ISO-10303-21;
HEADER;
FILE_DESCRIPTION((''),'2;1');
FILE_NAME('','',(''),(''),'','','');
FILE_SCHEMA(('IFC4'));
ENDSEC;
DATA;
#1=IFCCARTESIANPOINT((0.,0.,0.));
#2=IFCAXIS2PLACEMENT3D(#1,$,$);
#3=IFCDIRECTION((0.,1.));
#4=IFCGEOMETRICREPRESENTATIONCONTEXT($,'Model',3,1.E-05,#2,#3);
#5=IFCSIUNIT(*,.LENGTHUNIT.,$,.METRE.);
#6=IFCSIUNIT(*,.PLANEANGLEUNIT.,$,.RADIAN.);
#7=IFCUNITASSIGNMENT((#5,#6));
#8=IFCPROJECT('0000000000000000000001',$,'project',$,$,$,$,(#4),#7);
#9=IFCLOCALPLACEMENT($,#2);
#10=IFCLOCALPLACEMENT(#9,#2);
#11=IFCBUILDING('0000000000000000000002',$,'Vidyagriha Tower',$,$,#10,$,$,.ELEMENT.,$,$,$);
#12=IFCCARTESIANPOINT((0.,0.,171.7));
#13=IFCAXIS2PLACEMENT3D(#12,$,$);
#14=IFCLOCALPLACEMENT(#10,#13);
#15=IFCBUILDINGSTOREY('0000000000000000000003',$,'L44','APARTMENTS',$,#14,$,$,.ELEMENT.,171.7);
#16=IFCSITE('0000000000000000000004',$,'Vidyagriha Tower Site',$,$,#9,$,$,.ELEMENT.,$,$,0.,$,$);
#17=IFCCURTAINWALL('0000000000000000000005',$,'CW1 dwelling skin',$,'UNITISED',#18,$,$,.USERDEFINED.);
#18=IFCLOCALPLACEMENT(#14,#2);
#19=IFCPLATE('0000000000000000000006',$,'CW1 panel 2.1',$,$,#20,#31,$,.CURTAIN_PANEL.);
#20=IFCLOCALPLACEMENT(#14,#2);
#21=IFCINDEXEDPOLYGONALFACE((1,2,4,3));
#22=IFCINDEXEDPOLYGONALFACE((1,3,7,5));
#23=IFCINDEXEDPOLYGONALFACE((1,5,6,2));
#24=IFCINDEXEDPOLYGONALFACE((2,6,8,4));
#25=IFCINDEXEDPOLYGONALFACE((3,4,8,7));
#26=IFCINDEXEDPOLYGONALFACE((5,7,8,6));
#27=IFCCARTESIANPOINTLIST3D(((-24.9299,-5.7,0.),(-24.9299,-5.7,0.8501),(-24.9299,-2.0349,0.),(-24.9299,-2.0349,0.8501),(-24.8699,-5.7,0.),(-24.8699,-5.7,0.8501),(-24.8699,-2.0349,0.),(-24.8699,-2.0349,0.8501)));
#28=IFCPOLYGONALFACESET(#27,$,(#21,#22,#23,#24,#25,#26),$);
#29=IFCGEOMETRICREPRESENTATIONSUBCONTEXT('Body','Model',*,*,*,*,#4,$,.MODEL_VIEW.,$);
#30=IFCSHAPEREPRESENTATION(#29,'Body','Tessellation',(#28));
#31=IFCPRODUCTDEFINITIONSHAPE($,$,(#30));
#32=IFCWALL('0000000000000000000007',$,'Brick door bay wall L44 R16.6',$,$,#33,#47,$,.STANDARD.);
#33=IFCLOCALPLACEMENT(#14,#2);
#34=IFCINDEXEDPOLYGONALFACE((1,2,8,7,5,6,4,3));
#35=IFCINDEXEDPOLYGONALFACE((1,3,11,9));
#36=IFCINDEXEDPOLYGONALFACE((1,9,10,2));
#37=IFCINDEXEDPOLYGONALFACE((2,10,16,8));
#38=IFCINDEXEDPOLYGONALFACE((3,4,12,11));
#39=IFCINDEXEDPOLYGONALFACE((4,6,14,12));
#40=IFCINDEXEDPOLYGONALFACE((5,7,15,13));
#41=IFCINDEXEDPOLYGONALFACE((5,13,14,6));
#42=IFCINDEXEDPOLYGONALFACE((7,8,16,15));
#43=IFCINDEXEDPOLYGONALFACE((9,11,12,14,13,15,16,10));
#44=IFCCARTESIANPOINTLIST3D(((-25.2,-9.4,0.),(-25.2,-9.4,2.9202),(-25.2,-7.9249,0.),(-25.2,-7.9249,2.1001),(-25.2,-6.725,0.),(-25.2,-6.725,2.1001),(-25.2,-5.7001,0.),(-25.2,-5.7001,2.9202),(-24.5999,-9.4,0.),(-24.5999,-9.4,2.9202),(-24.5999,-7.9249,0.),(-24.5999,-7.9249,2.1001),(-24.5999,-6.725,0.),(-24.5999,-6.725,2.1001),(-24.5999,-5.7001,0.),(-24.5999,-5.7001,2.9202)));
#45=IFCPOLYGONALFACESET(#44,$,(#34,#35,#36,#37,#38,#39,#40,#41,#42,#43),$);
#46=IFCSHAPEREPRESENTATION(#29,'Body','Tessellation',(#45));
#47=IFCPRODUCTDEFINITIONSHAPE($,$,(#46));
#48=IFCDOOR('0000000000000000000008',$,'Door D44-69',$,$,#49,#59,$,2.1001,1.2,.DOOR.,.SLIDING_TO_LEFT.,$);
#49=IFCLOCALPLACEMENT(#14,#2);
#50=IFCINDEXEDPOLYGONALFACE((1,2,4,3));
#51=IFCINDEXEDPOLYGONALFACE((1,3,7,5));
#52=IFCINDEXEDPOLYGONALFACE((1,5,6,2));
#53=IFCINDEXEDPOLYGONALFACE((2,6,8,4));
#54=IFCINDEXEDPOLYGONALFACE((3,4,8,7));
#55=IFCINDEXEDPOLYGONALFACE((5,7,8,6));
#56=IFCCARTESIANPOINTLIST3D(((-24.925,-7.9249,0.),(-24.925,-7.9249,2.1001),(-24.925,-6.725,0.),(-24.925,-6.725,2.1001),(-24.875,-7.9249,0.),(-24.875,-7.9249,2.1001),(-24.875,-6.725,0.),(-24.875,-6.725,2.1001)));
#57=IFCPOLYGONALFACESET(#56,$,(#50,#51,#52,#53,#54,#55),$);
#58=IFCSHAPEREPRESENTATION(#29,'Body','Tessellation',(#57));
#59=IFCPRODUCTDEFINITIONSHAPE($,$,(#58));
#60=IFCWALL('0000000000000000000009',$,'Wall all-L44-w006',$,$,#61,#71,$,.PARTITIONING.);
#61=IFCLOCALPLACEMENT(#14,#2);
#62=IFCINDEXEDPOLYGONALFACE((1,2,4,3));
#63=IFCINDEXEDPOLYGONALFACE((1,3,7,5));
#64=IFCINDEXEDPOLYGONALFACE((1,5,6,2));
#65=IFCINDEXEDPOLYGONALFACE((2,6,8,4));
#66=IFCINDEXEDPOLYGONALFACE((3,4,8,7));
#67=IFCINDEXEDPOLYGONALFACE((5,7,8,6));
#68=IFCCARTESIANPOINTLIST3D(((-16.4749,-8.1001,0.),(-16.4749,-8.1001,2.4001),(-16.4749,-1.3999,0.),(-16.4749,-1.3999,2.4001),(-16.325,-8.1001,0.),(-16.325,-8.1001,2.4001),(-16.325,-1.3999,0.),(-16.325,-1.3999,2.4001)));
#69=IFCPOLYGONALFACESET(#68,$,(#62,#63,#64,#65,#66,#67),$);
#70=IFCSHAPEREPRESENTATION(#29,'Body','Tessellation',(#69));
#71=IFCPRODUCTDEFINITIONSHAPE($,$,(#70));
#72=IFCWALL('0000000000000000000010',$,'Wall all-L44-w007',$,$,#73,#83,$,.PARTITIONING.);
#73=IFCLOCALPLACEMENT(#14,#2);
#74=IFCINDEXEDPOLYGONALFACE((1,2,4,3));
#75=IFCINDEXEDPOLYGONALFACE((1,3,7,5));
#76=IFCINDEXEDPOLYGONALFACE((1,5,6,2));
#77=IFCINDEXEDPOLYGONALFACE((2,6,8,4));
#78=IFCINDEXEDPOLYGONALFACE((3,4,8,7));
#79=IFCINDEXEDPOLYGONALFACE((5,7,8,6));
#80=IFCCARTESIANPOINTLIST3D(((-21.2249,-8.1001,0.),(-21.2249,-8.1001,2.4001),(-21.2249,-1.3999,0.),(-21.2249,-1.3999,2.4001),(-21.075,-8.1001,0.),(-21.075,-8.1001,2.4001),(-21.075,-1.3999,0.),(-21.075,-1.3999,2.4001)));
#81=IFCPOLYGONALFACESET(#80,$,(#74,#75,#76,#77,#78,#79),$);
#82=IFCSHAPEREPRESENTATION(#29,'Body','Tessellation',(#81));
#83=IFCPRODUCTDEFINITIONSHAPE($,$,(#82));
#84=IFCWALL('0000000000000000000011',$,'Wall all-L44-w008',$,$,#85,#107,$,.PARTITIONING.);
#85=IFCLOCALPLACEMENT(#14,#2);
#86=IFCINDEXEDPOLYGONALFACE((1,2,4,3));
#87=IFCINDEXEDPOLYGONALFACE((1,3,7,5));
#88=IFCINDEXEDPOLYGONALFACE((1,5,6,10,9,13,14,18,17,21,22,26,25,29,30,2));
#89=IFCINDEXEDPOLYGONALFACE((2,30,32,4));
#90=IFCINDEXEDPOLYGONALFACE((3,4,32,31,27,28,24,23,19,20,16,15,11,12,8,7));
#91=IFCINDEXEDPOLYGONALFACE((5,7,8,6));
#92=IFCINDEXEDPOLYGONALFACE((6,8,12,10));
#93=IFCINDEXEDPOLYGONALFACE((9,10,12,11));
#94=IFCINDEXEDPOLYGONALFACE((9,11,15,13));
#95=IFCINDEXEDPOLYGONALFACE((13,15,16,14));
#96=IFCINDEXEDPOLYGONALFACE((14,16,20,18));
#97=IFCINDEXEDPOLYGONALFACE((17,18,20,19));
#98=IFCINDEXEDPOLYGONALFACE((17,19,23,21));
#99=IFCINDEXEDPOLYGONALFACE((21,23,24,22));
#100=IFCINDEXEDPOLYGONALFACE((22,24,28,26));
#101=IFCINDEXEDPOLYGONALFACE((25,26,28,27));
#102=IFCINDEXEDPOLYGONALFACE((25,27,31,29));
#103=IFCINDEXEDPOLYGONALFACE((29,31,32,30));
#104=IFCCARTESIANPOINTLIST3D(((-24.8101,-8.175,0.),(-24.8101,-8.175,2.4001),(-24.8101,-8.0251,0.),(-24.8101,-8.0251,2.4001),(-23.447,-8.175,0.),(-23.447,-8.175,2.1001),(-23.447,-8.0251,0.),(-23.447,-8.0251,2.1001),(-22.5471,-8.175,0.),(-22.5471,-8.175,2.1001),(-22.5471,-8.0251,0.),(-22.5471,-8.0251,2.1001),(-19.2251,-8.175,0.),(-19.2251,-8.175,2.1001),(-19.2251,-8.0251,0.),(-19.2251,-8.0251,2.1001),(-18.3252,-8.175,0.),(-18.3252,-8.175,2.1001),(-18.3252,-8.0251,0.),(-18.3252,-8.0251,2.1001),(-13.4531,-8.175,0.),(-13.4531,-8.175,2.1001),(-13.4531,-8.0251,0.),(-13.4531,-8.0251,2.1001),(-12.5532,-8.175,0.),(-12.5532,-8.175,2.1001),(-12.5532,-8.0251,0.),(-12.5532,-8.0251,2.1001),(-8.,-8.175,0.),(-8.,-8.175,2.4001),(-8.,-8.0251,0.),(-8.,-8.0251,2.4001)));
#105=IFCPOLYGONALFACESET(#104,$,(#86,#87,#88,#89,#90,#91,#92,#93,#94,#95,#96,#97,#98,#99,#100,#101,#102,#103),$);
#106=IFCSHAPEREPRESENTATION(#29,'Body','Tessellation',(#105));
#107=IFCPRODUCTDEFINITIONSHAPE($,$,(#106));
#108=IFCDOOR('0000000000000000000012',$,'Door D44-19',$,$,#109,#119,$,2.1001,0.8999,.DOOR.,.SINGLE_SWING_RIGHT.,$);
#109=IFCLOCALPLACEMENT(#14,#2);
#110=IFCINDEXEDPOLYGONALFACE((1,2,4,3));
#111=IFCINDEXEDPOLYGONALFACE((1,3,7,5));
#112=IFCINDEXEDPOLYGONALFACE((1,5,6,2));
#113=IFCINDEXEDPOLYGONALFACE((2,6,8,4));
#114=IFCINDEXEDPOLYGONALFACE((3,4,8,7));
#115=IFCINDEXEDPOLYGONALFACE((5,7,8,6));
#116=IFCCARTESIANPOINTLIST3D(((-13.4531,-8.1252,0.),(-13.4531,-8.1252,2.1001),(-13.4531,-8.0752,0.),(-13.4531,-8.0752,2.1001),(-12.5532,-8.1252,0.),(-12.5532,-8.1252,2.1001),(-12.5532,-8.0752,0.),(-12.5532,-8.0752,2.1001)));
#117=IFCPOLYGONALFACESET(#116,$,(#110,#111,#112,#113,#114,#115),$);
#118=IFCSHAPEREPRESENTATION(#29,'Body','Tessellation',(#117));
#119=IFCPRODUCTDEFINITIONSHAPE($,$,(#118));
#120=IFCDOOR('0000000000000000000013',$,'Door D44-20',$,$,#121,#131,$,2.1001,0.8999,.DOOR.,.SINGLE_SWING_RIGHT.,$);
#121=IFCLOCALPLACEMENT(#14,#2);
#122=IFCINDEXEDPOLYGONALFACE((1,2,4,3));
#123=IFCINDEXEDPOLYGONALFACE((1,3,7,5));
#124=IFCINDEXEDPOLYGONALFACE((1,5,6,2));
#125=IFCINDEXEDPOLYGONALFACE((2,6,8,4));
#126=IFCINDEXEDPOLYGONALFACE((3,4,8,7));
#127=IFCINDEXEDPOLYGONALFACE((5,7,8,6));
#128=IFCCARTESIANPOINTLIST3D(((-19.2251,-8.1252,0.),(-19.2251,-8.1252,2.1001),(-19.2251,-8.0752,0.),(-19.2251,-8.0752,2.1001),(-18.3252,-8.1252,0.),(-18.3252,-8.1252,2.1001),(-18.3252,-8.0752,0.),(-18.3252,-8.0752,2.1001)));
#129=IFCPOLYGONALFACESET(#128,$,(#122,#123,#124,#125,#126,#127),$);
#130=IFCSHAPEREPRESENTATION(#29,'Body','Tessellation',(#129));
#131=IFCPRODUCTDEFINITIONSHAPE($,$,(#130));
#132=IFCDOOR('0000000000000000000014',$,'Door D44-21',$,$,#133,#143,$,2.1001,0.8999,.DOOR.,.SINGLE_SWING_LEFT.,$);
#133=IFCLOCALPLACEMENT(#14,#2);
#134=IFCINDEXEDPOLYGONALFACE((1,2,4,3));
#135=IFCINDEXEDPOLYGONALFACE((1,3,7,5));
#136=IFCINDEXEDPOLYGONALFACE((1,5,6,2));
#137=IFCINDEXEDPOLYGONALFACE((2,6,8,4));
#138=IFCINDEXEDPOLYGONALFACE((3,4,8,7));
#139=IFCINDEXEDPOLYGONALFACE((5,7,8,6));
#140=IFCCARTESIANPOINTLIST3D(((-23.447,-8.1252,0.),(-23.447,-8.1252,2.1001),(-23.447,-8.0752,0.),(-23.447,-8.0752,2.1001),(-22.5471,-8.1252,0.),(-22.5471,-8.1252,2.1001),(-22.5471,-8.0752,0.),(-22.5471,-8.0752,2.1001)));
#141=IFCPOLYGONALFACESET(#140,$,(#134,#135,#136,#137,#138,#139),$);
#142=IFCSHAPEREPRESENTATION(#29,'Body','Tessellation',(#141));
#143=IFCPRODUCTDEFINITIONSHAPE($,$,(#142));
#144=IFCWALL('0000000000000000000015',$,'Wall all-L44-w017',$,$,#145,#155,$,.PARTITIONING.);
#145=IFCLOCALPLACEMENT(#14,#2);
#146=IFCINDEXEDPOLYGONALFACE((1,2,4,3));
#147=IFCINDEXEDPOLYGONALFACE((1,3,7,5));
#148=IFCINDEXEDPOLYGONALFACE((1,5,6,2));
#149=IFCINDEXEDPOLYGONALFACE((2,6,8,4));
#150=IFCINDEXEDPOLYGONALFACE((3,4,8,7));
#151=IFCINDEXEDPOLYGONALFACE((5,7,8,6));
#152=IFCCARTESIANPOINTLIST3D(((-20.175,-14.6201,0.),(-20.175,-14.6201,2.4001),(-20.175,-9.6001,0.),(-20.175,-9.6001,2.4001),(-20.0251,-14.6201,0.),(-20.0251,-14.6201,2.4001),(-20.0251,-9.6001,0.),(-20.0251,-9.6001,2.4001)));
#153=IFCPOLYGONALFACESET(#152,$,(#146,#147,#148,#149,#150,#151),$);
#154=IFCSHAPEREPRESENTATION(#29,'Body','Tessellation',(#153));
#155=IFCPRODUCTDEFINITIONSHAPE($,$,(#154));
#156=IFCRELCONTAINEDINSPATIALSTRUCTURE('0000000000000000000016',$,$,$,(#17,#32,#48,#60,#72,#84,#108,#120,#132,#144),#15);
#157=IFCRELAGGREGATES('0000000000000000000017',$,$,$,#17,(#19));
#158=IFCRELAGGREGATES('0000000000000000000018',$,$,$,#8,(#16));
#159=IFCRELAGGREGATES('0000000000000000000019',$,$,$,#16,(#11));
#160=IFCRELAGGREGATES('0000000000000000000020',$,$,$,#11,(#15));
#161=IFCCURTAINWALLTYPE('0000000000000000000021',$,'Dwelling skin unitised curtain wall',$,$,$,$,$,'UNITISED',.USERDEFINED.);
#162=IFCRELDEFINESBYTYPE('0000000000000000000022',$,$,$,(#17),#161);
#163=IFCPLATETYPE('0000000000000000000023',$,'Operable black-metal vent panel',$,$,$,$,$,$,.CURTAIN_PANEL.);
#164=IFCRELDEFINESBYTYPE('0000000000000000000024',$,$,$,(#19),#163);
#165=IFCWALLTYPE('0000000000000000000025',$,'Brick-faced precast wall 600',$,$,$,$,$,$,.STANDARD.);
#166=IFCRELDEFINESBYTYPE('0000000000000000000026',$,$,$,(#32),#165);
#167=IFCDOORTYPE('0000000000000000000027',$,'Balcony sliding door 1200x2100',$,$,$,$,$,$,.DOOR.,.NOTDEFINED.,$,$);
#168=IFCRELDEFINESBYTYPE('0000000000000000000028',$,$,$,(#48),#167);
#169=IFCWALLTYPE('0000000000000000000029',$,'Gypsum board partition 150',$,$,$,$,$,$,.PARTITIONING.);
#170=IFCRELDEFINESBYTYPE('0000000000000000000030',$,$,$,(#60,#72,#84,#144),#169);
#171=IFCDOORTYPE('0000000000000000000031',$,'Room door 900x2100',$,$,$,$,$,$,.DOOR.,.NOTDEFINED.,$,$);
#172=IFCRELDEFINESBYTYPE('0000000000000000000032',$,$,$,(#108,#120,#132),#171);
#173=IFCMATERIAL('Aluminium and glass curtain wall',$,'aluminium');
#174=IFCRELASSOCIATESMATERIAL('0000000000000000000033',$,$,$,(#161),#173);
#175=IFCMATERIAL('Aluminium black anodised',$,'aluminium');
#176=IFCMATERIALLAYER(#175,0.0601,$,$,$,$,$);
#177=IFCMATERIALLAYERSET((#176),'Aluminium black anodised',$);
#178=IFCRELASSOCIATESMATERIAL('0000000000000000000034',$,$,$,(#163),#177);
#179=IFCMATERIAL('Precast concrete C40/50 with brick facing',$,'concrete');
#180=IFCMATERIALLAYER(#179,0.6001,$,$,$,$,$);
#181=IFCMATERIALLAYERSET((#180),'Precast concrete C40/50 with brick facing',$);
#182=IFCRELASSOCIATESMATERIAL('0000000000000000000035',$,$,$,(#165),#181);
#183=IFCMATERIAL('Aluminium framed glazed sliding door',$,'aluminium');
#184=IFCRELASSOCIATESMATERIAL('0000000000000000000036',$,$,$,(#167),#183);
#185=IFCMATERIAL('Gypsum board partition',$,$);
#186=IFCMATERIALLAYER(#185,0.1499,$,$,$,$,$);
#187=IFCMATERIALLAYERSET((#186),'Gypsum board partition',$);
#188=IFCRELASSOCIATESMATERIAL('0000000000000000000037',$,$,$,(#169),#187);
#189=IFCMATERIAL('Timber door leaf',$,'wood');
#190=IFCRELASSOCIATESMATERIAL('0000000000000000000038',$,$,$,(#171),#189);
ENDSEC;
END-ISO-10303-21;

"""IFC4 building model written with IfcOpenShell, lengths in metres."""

from ifc_helpers import new_model, si_unit, direction, frame, frame_2d, origin, origin_2d, place, context, subcontext, project, spatial, rectangle, extrude, material, layer, layer_set, type_object, element, fill, aggregate, save


model = new_model("IFC4")

# Units and contexts
model_context = context("Model", 3, precision=1e-05, world=origin(), true_north=direction((0.0, 1.0)))
body_context = subcontext(model_context, "Body", "Model", "MODEL_VIEW")
ifc_project = project(units=[si_unit("LENGTHUNIT", "METRE"), si_unit("PLANEANGLEUNIT", "RADIAN")], contexts=[model_context])

# Site, building, storey
site_placement = place(None, origin())
site = spatial("IfcSite", under=ifc_project, at=site_placement, Name="Vidyagriha Tower Site", CompositionType="ELEMENT", RefElevation=0.0)
building_placement = place(site_placement, origin())
building = spatial("IfcBuilding", under=site, at=building_placement, Name="Vidyagriha Tower", CompositionType="ELEMENT")
storey_placement = place(building_placement, frame((0.0, 0.0, 171.7)))
storey = spatial("IfcBuildingStorey", under=building, at=storey_placement, Name="L44", Description="APARTMENTS", CompositionType="ELEMENT", Elevation=171.7)

# Curtain wall
ifc_material_1 = material(Name="Aluminium and glass curtain wall", Category="aluminium")
curtain_wall_type = type_object("IfcCurtainWallType", Name="Dwelling skin unitised curtain wall", ElementType="UNITISED", PredefinedType="USERDEFINED", material=ifc_material_1)
curtain_wall_1_placement = place(storey_placement, origin())
curtain_wall_1 = element("IfcCurtainWall", 1, at=curtain_wall_1_placement, inside=storey, type_object=curtain_wall_type, Name="CW1 dwelling skin", ObjectType="UNITISED", PredefinedType="USERDEFINED")

# Plate
ifc_material_2 = material(Name="Aluminium black anodised", Category="aluminium")
ifc_layer_1 = layer(ifc_material_2, 0.0601)
ifc_layer_set_1 = layer_set([ifc_layer_1], Name="Aluminium black anodised")
plate_type_1 = type_object("IfcPlateType", Name="Operable black-metal vent panel", PredefinedType="CURTAIN_PANEL", material=ifc_layer_set_1)
plate_1_placement = place(storey_placement, frame((-24.8999, -3.8674, 0.0), z_axis=(0.0, 0.0, 1.0), x_axis=(0.0, -1.0, 0.0)))
plate_1 = element("IfcPlate", 2, at=plate_1_placement, type_object=plate_type_1, Name="CW1 panel 2.1", PredefinedType="CURTAIN_PANEL", context=body_context, shape_type="SweptSolid", body=[
    extrude(rectangle(XDim=3.665, YDim=0.0601, at=origin_2d()), origin(), (0.0, 0.0, 1.0), 0.8501),
])
aggregate(curtain_wall_1, [plate_1])

# Wall, opening, door
ifc_material_3 = material(Name="Precast concrete C40/50 with brick facing", Category="concrete")
ifc_layer_2 = layer(ifc_material_3, 0.6001)
ifc_layer_set_2 = layer_set([ifc_layer_2], Name="Precast concrete C40/50 with brick facing")
wall_type_1 = type_object("IfcWallType", Name="Brick-faced precast wall 600", PredefinedType="STANDARD", material=ifc_layer_set_2)
wall_1_placement = place(storey_placement, frame((-24.8999, -5.7, 0.0), z_axis=(0.0, 0.0, 1.0), x_axis=(0.0, -1.0, 0.0)))
wall_1 = element("IfcWall", 3, at=wall_1_placement, inside=storey, type_object=wall_type_1, Name="Brick door bay wall L44 R16.6", PredefinedType="STANDARD", context=body_context, shape_type="SweptSolid", body=[
    extrude(rectangle(XDim=3.7, YDim=0.6001, at=frame_2d((1.8501, 0.0))), origin(), (0.0, 0.0, 1.0), 2.9202),
])
opening_1_placement = place(wall_1_placement, frame((1.0249, 0.0, 0.0)))
opening_1 = element("IfcOpeningElement", 4, at=opening_1_placement, cuts=wall_1, PredefinedType="OPENING", context=body_context, shape_type="SweptSolid", body=[
    extrude(rectangle(XDim=1.2, YDim=2.1001, at=frame_2d((0.6001, 1.05))), frame((0.0, 0.3101, 0.0), z_axis=(0.0, -1.0, 0.0), x_axis=(1.0, 0.0, 0.0)), (0.0, 0.0, 1.0), 0.6201),
])
ifc_material_4 = material(Name="Aluminium framed glazed sliding door", Category="aluminium")
door_type_1 = type_object("IfcDoorType", Name="Balcony sliding door 1200x2100", OperationType="NOTDEFINED", PredefinedType="DOOR", material=ifc_material_4)
door_1_placement = place(opening_1_placement, origin())
door_1 = element("IfcDoor", 5, at=door_1_placement, inside=storey, type_object=door_type_1, Name="Door D44-69", OperationType="SLIDING_TO_LEFT", OverallHeight=2.1001, OverallWidth=1.2, PredefinedType="DOOR", context=body_context, shape_type="SweptSolid", body=[
    extrude(rectangle(XDim=1.2, YDim=2.1001, at=frame_2d((0.6001, 1.05))), frame((0.0, 0.0249, 0.0), z_axis=(0.0, -1.0, 0.0), x_axis=(1.0, 0.0, 0.0)), (0.0, 0.0, 1.0), 0.05),
])
fill(opening_1, door_1)

# Walls
ifc_material_5 = material(Name="Gypsum board partition")
ifc_layer_3 = layer(ifc_material_5, 0.1499)
ifc_layer_set_3 = layer_set([ifc_layer_3], Name="Gypsum board partition")
wall_type_2 = type_object("IfcWallType", Name="Gypsum board partition 150", PredefinedType="PARTITIONING", material=ifc_layer_set_3)
for number, where, z_axis, x_axis, name in (
    (6, (-16.3999, -8.1001, 0.0), (0.0, 0.0, 1.0), (0.0, 1.0, 0.0), "Wall all-L44-w006"),
    (7, (-21.1499, -8.1001, 0.0), (0.0, 0.0, 1.0), (0.0, 1.0, 0.0), "Wall all-L44-w007"),
):
    element("IfcWall", number, at=place(storey_placement, frame(where, z_axis=z_axis, x_axis=x_axis)), inside=storey, type_object=wall_type_2, Name=name, PredefinedType="PARTITIONING", context=body_context, shape_type="SweptSolid", body=[
        extrude(rectangle(XDim=6.7002, YDim=0.1499, at=frame_2d((3.3501, 0.0))), origin(), (0.0, 0.0, 1.0), 2.4001),
    ])

# Wall, openings, doors
wall_2_placement = place(storey_placement, frame((-24.8101, -8.1001, 0.0)))
wall_2 = element("IfcWall", 8, at=wall_2_placement, inside=storey, type_object=wall_type_2, Name="Wall all-L44-w008", PredefinedType="PARTITIONING", context=body_context, shape_type="SweptSolid", body=[
    extrude(rectangle(XDim=16.8101, YDim=0.1499, at=frame_2d((8.405, 0.0))), origin(), (0.0, 0.0, 1.0), 2.4001),
])
opening_2_placement = place(wall_2_placement, frame((11.3569, 0.0, 0.0)))
opening_2 = element("IfcOpeningElement", 9, at=opening_2_placement, cuts=wall_2, PredefinedType="OPENING", context=body_context, shape_type="SweptSolid", body=[
    extrude(rectangle(XDim=0.8999, YDim=2.1001, at=frame_2d((0.45, 1.05))), frame((0.0, 0.085, 0.0), z_axis=(0.0, -1.0, 0.0), x_axis=(1.0, 0.0, 0.0)), (0.0, 0.0, 1.0), 0.1699),
])
opening_3_placement = place(wall_2_placement, frame((5.585, 0.0, 0.0)))
opening_3 = element("IfcOpeningElement", 10, at=opening_3_placement, cuts=wall_2, PredefinedType="OPENING", context=body_context, shape_type="SweptSolid", body=[
    extrude(rectangle(XDim=0.8999, YDim=2.1001, at=frame_2d((0.45, 1.05))), frame((0.0, 0.085, 0.0), z_axis=(0.0, -1.0, 0.0), x_axis=(1.0, 0.0, 0.0)), (0.0, 0.0, 1.0), 0.1699),
])
opening_4_placement = place(wall_2_placement, frame((1.363, 0.0, 0.0)))
opening_4 = element("IfcOpeningElement", 11, at=opening_4_placement, cuts=wall_2, PredefinedType="OPENING", context=body_context, shape_type="SweptSolid", body=[
    extrude(rectangle(XDim=0.8999, YDim=2.1001, at=frame_2d((0.45, 1.05))), frame((0.0, 0.085, 0.0), z_axis=(0.0, -1.0, 0.0), x_axis=(1.0, 0.0, 0.0)), (0.0, 0.0, 1.0), 0.1699),
])
ifc_material_6 = material(Name="Timber door leaf", Category="wood")
door_type_2 = type_object("IfcDoorType", Name="Room door 900x2100", OperationType="NOTDEFINED", PredefinedType="DOOR", material=ifc_material_6)
door_2_placement = place(opening_2_placement, origin())
door_2 = element("IfcDoor", 12, at=door_2_placement, inside=storey, type_object=door_type_2, Name="Door D44-19", OperationType="SINGLE_SWING_RIGHT", OverallHeight=2.1001, OverallWidth=0.8999, PredefinedType="DOOR", context=body_context, shape_type="SweptSolid", body=[
    extrude(rectangle(XDim=0.8999, YDim=2.1001, at=frame_2d((0.45, 1.05))), frame((0.0, 0.0249, 0.0), z_axis=(0.0, -1.0, 0.0), x_axis=(1.0, 0.0, 0.0)), (0.0, 0.0, 1.0), 0.05),
])
fill(opening_2, door_2)
door_3_placement = place(opening_3_placement, origin())
door_3 = element("IfcDoor", 13, at=door_3_placement, inside=storey, type_object=door_type_2, Name="Door D44-20", OperationType="SINGLE_SWING_RIGHT", OverallHeight=2.1001, OverallWidth=0.8999, PredefinedType="DOOR", context=body_context, shape_type="SweptSolid", body=[
    extrude(rectangle(XDim=0.8999, YDim=2.1001, at=frame_2d((0.45, 1.05))), frame((0.0, 0.0249, 0.0), z_axis=(0.0, -1.0, 0.0), x_axis=(1.0, 0.0, 0.0)), (0.0, 0.0, 1.0), 0.05),
])
fill(opening_3, door_3)
door_4_placement = place(opening_4_placement, origin())
door_4 = element("IfcDoor", 14, at=door_4_placement, inside=storey, type_object=door_type_2, Name="Door D44-21", OperationType="SINGLE_SWING_LEFT", OverallHeight=2.1001, OverallWidth=0.8999, PredefinedType="DOOR", context=body_context, shape_type="SweptSolid", body=[
    extrude(rectangle(XDim=0.8999, YDim=2.1001, at=frame_2d((0.45, 1.05))), frame((0.0, 0.0249, 0.0), z_axis=(0.0, -1.0, 0.0), x_axis=(1.0, 0.0, 0.0)), (0.0, 0.0, 1.0), 0.05),
])
fill(opening_4, door_4)

# Wall
wall_3_placement = place(storey_placement, frame((-20.1001, -9.6001, 0.0), z_axis=(0.0, 0.0, 1.0), x_axis=(0.0, -1.0, 0.0)))
element("IfcWall", 15, at=wall_3_placement, inside=storey, type_object=wall_type_2, Name="Wall all-L44-w017", PredefinedType="PARTITIONING", context=body_context, shape_type="SweptSolid", body=[
    extrude(rectangle(XDim=5.02, YDim=0.1499, at=frame_2d((2.51, 0.0))), origin(), (0.0, 0.0, 1.0), 2.4001),
])

save(model, "model.ifc")
